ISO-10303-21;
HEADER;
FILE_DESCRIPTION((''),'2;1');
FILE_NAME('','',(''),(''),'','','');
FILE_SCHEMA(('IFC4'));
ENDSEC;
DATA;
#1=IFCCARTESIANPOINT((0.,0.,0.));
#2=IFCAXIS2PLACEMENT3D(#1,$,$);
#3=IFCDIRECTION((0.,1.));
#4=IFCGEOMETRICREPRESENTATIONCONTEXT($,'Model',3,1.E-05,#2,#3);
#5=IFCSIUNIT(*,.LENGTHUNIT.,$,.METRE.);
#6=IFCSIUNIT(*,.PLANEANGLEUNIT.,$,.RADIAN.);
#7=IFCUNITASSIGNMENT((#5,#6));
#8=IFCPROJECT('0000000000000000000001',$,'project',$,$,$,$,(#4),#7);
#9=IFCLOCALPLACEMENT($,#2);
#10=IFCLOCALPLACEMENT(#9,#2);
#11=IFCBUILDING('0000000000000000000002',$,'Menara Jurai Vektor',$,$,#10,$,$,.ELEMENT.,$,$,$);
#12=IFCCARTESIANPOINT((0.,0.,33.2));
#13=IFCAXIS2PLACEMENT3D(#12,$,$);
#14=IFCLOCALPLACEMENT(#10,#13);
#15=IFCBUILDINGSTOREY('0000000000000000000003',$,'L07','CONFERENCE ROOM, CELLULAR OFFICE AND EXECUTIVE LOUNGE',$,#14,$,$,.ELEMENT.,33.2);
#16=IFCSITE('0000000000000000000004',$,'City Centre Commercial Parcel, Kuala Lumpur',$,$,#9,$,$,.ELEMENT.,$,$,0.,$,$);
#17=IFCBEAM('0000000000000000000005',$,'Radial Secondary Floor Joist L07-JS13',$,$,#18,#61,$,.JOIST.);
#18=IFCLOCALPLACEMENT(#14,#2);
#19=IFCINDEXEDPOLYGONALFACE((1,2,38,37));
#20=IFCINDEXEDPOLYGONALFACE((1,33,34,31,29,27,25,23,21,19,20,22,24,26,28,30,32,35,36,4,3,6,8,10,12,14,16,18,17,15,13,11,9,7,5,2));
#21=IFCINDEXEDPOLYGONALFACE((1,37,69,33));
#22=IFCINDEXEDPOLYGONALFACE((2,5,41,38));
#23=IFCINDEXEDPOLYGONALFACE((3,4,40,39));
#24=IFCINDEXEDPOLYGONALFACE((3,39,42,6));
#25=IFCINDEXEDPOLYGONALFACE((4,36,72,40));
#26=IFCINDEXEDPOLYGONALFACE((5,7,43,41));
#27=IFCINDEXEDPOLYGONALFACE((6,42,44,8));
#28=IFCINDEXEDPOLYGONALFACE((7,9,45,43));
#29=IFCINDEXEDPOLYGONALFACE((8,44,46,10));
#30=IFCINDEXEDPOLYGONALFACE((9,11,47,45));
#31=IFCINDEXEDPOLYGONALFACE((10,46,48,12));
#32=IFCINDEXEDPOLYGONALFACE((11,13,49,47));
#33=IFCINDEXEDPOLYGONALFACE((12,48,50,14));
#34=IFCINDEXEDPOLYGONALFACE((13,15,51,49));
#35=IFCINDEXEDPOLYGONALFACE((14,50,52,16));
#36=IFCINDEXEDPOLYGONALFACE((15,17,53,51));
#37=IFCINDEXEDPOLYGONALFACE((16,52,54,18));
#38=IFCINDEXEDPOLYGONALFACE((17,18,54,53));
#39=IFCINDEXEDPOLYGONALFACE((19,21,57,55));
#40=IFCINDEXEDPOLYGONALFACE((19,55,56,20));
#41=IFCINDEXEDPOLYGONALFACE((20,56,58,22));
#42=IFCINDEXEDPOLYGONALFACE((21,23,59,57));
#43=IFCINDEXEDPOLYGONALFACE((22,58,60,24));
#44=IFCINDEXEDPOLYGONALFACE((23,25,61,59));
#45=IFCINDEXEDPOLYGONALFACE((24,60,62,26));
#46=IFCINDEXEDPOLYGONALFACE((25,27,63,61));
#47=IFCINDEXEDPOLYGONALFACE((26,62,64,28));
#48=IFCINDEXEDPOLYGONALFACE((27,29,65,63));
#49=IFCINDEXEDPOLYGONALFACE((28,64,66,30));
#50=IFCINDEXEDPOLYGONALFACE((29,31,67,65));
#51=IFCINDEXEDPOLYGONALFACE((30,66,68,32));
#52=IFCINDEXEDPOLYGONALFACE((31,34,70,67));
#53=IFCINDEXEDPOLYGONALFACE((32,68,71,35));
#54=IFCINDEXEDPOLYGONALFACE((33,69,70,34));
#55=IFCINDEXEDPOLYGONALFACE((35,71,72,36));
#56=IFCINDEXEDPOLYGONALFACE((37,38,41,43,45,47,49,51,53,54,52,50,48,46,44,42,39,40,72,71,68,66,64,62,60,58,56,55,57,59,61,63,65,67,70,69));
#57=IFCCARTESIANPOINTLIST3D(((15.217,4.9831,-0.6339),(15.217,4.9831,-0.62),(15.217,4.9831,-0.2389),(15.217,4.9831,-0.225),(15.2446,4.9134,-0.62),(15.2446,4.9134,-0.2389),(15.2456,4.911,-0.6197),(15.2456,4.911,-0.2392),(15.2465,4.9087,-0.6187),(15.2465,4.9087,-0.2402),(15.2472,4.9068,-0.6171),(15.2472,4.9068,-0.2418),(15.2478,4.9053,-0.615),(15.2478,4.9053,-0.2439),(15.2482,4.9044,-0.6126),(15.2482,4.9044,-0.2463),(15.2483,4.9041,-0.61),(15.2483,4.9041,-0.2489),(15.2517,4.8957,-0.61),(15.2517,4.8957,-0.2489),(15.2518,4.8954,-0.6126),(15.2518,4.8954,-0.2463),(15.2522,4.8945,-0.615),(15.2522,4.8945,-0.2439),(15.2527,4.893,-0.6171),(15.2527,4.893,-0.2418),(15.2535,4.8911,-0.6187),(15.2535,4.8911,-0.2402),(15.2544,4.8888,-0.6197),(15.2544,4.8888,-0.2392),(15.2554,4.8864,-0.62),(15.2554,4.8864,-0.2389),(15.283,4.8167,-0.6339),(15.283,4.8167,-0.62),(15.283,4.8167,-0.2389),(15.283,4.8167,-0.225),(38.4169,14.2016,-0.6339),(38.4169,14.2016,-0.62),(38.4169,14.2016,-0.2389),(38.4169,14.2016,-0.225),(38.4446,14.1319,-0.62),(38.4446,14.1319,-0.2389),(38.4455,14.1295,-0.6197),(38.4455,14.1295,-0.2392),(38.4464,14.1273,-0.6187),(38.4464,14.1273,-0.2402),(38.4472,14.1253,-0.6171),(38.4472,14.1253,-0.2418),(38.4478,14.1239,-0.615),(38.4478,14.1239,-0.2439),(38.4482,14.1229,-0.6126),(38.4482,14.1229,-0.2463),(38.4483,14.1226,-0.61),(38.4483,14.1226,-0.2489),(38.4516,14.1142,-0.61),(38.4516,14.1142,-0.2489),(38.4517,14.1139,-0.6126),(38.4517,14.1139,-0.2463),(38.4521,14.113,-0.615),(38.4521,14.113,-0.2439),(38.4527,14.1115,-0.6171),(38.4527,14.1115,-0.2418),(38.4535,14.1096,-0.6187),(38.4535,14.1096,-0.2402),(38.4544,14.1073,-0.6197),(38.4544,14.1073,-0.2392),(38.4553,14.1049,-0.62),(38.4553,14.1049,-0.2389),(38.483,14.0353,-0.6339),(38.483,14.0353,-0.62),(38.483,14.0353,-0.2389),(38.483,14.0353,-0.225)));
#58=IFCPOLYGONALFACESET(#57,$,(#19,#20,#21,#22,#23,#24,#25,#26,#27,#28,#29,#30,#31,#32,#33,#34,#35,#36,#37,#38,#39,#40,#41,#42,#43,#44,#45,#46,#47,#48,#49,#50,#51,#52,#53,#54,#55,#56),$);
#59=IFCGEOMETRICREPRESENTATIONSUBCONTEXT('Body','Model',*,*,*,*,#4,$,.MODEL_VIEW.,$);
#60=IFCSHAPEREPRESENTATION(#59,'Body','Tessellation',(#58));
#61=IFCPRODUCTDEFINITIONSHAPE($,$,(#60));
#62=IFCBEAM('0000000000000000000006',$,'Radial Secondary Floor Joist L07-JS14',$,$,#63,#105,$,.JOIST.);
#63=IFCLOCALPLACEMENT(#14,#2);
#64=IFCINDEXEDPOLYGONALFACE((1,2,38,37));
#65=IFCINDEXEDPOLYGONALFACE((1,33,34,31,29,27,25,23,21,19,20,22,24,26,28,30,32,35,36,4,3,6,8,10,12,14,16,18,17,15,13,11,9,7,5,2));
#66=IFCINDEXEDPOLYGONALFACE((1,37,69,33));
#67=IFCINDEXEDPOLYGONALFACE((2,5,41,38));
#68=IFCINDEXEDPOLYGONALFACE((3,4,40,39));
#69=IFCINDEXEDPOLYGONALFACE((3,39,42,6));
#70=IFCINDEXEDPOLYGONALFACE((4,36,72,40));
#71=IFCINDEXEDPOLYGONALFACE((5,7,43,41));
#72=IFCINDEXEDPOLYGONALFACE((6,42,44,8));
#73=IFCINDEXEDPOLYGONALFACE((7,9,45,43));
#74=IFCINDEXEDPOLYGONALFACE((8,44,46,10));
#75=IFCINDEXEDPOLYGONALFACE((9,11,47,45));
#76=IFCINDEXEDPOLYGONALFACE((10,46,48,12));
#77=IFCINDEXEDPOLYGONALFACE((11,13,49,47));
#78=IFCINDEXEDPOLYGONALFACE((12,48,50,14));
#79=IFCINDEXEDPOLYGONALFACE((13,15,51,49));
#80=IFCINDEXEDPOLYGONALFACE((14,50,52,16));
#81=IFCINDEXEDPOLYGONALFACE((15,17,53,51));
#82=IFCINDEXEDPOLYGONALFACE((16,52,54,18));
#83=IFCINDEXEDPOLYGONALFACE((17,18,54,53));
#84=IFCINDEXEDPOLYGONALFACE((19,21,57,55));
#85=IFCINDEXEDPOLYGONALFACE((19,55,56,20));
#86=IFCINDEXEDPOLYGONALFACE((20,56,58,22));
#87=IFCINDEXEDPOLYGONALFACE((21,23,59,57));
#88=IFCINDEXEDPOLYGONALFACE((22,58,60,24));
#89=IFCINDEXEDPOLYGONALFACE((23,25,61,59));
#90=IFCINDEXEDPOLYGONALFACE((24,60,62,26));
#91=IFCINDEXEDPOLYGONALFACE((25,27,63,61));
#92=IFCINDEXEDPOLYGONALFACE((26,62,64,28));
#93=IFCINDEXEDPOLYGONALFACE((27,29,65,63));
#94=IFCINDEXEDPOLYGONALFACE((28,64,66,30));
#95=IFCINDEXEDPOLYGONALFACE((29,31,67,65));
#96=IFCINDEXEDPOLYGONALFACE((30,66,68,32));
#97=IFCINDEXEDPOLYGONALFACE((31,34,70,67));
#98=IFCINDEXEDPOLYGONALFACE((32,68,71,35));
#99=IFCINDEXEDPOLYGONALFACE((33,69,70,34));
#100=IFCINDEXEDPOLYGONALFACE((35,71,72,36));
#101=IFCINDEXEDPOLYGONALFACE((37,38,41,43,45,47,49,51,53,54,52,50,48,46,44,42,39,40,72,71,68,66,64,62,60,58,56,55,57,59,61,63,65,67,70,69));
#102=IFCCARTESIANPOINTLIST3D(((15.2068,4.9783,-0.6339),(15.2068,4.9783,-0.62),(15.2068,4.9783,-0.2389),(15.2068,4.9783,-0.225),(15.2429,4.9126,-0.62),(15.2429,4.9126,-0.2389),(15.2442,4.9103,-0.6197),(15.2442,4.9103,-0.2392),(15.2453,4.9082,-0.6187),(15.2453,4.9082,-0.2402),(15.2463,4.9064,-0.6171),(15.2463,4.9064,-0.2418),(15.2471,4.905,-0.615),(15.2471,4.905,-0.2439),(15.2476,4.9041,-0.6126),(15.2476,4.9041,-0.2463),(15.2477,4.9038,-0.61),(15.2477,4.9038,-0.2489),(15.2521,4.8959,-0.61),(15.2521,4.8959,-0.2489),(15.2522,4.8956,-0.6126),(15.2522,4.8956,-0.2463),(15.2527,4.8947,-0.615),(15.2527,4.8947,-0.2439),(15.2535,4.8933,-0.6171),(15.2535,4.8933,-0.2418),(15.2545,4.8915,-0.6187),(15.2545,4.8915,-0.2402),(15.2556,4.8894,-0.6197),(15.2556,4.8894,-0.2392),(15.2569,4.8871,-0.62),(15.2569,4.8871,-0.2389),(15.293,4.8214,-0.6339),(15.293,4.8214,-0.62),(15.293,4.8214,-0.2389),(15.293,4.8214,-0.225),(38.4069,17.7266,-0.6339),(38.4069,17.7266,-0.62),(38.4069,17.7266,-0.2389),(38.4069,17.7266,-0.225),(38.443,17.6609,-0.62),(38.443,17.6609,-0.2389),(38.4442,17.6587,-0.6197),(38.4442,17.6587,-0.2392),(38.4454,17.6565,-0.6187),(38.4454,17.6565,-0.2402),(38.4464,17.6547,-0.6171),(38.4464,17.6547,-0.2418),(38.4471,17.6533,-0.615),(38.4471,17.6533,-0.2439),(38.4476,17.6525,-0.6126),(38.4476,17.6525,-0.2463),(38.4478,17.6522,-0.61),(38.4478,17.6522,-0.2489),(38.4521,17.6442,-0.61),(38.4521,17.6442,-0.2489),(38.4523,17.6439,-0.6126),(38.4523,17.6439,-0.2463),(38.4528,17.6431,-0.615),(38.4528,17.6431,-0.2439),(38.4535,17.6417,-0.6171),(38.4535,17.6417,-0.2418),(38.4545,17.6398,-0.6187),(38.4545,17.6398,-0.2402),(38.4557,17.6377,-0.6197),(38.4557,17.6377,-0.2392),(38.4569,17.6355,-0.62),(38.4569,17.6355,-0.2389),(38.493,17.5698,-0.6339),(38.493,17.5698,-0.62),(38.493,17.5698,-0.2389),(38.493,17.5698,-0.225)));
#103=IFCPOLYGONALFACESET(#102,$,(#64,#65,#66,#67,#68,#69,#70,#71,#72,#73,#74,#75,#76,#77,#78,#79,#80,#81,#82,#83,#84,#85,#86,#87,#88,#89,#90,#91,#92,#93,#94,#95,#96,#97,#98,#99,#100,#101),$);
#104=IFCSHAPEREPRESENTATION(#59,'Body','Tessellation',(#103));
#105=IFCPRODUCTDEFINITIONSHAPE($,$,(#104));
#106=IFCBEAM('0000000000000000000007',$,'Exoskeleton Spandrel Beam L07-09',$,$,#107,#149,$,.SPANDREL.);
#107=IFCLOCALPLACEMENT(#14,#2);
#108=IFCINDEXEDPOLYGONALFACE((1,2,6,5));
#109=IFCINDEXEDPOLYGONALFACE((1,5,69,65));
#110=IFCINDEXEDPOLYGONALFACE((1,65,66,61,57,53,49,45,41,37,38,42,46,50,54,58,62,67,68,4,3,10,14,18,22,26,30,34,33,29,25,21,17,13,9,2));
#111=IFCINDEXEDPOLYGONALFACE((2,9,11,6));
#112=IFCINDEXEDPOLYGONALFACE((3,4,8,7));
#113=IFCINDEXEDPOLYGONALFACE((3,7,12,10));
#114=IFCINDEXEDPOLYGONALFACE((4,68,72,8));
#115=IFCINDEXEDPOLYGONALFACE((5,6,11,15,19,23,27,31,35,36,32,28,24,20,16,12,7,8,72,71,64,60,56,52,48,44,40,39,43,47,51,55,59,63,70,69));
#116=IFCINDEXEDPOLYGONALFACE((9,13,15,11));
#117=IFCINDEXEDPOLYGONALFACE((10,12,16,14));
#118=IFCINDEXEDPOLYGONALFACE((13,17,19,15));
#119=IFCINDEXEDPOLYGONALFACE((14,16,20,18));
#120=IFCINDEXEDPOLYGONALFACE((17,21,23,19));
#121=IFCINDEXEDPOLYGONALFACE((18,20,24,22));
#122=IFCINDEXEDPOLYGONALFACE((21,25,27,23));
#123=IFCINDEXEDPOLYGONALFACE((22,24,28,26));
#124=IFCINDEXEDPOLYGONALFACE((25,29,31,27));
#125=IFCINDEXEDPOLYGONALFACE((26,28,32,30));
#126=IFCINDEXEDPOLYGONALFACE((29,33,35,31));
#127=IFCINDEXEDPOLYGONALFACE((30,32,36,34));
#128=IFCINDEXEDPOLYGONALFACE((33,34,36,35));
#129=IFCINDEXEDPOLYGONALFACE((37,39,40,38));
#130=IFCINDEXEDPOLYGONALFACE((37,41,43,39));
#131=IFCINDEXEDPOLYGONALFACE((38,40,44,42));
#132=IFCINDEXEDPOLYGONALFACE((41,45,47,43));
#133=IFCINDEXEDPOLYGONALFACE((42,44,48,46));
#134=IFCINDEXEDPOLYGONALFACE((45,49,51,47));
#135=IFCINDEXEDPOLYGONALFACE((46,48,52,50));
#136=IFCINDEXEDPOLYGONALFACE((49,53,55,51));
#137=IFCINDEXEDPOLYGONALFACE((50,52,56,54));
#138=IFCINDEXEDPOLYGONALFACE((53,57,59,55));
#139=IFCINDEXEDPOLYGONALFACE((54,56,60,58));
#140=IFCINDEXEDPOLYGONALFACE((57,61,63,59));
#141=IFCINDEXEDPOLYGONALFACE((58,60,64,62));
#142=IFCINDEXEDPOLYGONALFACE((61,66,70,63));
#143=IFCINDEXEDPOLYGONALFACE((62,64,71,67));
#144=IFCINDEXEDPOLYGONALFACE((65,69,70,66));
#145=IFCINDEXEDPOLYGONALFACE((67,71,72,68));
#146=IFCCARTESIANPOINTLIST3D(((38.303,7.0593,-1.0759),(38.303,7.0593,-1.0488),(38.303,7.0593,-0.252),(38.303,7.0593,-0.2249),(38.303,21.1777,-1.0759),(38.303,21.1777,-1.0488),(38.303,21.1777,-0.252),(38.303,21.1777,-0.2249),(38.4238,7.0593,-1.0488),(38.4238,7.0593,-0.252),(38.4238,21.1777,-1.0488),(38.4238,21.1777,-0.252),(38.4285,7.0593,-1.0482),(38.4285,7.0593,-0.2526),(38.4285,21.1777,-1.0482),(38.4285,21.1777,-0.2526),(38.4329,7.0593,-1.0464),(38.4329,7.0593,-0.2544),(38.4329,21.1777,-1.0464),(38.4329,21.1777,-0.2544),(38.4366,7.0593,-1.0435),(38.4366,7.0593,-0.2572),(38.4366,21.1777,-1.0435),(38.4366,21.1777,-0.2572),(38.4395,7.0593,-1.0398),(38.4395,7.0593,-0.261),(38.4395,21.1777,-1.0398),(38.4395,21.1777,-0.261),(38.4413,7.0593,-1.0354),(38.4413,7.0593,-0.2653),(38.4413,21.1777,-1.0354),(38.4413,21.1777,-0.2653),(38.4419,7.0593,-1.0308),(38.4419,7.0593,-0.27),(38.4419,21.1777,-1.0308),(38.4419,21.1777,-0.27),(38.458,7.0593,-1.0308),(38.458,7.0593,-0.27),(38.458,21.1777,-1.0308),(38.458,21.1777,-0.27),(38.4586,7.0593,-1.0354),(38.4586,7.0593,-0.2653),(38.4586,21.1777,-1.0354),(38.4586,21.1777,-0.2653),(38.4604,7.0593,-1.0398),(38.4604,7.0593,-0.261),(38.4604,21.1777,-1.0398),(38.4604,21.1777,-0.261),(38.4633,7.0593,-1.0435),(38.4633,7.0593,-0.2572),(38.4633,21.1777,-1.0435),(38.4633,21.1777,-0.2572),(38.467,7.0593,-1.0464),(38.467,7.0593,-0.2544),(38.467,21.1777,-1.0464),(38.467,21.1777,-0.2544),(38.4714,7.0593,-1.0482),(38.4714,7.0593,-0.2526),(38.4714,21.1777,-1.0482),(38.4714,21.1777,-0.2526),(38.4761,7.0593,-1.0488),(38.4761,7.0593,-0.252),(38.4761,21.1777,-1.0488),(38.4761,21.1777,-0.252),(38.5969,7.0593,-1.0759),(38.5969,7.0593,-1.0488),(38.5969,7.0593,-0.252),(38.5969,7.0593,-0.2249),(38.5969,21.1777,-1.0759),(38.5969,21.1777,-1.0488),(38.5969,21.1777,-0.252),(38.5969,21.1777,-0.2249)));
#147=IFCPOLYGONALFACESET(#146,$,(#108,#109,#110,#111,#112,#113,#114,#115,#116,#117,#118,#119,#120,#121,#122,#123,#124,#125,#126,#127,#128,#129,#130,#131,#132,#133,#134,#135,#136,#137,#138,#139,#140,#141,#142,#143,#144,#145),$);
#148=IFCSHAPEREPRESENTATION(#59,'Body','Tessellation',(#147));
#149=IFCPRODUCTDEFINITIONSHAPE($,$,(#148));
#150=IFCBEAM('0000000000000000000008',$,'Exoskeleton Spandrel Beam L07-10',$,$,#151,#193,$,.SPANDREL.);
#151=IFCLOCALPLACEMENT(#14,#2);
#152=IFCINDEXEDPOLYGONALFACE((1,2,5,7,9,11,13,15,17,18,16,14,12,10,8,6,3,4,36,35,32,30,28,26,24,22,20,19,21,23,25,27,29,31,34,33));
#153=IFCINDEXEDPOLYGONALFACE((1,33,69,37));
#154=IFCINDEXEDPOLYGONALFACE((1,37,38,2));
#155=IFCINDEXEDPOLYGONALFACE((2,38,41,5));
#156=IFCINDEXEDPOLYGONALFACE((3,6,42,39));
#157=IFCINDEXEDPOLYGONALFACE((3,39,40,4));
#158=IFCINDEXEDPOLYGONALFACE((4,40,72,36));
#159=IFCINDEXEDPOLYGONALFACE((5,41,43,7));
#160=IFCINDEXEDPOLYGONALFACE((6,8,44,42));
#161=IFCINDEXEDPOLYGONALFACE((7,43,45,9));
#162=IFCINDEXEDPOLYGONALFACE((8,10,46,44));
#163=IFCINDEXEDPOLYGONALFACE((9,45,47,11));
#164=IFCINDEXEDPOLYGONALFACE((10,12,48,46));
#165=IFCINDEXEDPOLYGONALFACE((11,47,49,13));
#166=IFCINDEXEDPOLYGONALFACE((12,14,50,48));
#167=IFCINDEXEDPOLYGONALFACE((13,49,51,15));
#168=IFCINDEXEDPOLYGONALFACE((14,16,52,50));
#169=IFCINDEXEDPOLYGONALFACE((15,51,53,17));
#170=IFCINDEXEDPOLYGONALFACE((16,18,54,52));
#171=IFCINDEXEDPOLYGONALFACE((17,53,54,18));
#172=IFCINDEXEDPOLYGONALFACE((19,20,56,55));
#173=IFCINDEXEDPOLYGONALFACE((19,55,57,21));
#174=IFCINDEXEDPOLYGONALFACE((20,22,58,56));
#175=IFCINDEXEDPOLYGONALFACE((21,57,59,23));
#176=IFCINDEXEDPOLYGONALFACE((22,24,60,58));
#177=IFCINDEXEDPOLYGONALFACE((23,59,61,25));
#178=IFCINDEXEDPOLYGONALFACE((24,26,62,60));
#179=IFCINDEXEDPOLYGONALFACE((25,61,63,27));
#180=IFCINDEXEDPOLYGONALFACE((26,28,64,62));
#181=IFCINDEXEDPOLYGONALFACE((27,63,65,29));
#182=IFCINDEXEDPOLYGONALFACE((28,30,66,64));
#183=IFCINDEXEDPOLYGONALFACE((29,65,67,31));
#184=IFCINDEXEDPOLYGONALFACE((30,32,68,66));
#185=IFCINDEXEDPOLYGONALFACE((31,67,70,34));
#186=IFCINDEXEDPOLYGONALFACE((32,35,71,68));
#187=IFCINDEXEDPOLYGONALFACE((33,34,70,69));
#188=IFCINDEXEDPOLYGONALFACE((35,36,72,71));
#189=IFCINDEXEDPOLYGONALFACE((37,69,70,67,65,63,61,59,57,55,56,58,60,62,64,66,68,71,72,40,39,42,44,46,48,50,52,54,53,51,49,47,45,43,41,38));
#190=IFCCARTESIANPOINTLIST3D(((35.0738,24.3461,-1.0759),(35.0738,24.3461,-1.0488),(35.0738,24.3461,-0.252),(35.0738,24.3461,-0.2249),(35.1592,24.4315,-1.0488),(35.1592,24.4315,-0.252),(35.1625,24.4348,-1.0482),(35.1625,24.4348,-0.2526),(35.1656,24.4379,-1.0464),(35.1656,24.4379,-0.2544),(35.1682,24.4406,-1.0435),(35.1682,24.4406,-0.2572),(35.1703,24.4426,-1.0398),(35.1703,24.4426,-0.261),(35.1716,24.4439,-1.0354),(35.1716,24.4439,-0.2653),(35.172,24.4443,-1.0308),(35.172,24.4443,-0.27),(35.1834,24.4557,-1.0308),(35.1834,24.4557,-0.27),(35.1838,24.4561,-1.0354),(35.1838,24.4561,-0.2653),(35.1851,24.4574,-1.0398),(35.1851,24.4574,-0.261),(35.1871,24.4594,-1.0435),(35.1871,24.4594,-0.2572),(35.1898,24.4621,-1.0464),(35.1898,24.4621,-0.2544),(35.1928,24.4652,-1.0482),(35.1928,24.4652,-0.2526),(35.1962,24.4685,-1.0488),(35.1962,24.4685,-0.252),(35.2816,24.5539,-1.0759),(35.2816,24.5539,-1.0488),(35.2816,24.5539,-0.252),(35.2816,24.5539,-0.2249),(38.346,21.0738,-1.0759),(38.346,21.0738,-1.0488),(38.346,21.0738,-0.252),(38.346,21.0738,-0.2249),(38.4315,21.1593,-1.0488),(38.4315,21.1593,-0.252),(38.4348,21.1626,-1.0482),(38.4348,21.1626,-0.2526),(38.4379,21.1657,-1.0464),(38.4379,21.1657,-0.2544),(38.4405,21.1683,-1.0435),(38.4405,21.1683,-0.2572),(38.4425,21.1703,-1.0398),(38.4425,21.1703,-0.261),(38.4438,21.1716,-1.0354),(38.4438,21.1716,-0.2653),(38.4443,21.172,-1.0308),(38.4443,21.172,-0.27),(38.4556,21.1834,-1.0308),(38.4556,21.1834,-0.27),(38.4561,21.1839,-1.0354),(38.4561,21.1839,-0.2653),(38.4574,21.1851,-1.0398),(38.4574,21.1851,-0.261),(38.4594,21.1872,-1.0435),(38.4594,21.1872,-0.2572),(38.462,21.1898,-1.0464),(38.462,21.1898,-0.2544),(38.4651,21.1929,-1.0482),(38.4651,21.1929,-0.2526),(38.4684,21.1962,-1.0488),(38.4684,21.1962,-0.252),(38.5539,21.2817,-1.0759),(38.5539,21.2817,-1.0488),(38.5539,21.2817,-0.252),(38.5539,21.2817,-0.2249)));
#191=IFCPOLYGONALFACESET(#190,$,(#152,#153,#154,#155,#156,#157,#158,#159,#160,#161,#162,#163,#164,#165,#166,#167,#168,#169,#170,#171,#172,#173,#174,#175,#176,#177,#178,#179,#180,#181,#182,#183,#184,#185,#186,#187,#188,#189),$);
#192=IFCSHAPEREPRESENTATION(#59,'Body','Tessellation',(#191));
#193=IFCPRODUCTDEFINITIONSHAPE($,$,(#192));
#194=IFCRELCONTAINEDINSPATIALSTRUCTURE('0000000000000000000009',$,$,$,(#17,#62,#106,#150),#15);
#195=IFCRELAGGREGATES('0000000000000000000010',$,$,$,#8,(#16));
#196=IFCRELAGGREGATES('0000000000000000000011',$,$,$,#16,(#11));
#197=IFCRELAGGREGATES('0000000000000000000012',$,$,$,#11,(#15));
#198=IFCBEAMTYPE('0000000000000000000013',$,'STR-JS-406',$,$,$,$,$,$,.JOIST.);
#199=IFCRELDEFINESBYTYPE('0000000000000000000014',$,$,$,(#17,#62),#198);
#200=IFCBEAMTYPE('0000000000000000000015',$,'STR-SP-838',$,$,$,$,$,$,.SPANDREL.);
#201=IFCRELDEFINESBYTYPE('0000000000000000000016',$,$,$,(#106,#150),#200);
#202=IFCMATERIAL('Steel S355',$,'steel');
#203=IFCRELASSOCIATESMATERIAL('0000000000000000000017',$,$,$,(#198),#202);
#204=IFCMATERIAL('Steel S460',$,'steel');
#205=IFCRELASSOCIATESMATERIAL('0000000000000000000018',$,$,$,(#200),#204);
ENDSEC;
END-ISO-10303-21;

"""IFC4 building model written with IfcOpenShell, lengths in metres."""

from ifc_helpers import new_model, si_unit, direction, frame, origin, origin_2d, place, context, subcontext, project, spatial, i_section, extrude, material, material_profile, profile_set, type_object, element, save


model = new_model("IFC4")

# Units and contexts
model_context = context("Model", 3, precision=1e-05, world=origin(), true_north=direction((0.0, 1.0)))
body_context = subcontext(model_context, "Body", "Model", "MODEL_VIEW")
ifc_project = project(units=[si_unit("LENGTHUNIT", "METRE"), si_unit("PLANEANGLEUNIT", "RADIAN")], contexts=[model_context])

# Site, building, storey
site_placement = place(None, origin())
site = spatial("IfcSite", under=ifc_project, at=site_placement, Name="City Centre Commercial Parcel, Kuala Lumpur", CompositionType="ELEMENT", RefElevation=0.0)
building_placement = place(site_placement, origin())
building = spatial("IfcBuilding", under=site, at=building_placement, Name="Menara Jurai Vektor", CompositionType="ELEMENT")
storey_placement = place(building_placement, frame((0.0, 0.0, 33.2)))
storey = spatial("IfcBuildingStorey", under=building, at=storey_placement, Name="L07", Description="CONFERENCE ROOM, CELLULAR OFFICE AND EXECUTIVE LOUNGE", CompositionType="ELEMENT", Elevation=33.2)

# Shared definitions
ifc_material_1 = material(Name="Steel S460", Category="steel")

# Beams
ifc_material_2 = material(Name="Steel S355", Category="steel")
ifc_material_profile_1 = material_profile(ifc_material_2, i_section(OverallWidth=0.179, OverallDepth=0.4089, WebThickness=0.009, FlangeThickness=0.0139, FilletRadius=0.01, at=origin_2d()), Name="UKB 406x178x67")
ifc_profile_set_1 = profile_set([ifc_material_profile_1], Name="Steel S355")
beam_type_1 = type_object("IfcBeamType", Name="STR-JS-406", PredefinedType="JOIST", material=ifc_profile_set_1)
beam_1_placement = place(storey_placement, frame((38.45, 14.1184, -0.4294), z_axis=(-0.929323, -0.369267, 0.0), x_axis=(0.369267, -0.929323, 0.0)))
element("IfcBeam", 1, at=beam_1_placement, inside=storey, type_object=beam_type_1, Name="Radial Secondary Floor Joist L07-JS13", PredefinedType="JOIST", context=body_context, shape_type="SweptSolid", body=[
    extrude(i_section(OverallWidth=0.179, OverallDepth=0.4089, WebThickness=0.009, FlangeThickness=0.0139, FilletRadius=0.01, at=origin_2d()), origin(), (0.0, 0.0, 1.0), 24.9644),
])
beam_2_placement = place(storey_placement, frame((38.45, 17.6482, -0.4294), z_axis=(-0.876402, -0.48158, 0.0), x_axis=(0.48158, -0.876402, 0.0)))
element("IfcBeam", 2, at=beam_2_placement, inside=storey, type_object=beam_type_1, Name="Radial Secondary Floor Joist L07-JS14", PredefinedType="JOIST", context=body_context, shape_type="SweptSolid", body=[
    extrude(i_section(OverallWidth=0.179, OverallDepth=0.4089, WebThickness=0.009, FlangeThickness=0.0139, FilletRadius=0.01, at=origin_2d()), origin(), (0.0, 0.0, 1.0), 26.4719),
])
ifc_material_profile_2 = material_profile(ifc_material_1, i_section(OverallWidth=0.2939, OverallDepth=0.8511, WebThickness=0.0161, FlangeThickness=0.0271, FilletRadius=0.0181, at=origin_2d()), Name="UKB 838x292x226")
ifc_profile_set_2 = profile_set([ifc_material_profile_2], Name="Steel S460")
beam_type_2 = type_object("IfcBeamType", Name="STR-SP-838", PredefinedType="SPANDREL", material=ifc_profile_set_2)
beam_3_placement = place(storey_placement, frame((38.45, 7.0593, -0.6504), z_axis=(0.0, 1.0, 0.0), x_axis=(-1.0, 0.0, 0.0)))
element("IfcBeam", 3, at=beam_3_placement, inside=storey, type_object=beam_type_2, Name="Exoskeleton Spandrel Beam L07-09", PredefinedType="SPANDREL", context=body_context, shape_type="SweptSolid", body=[
    extrude(i_section(OverallWidth=0.2939, OverallDepth=0.8511, WebThickness=0.0161, FlangeThickness=0.0271, FilletRadius=0.0181, at=origin_2d()), origin(), (0.0, 0.0, 1.0), 14.1184),
])
beam_4_placement = place(storey_placement, frame((38.45, 21.1777, -0.6504), z_axis=(-0.707107, 0.707107, 0.0), x_axis=(-0.707107, -0.707107, 0.0)))
element("IfcBeam", 4, at=beam_4_placement, inside=storey, type_object=beam_type_2, Name="Exoskeleton Spandrel Beam L07-10", PredefinedType="SPANDREL", context=body_context, shape_type="SweptSolid", body=[
    extrude(i_section(OverallWidth=0.2939, OverallDepth=0.8511, WebThickness=0.0161, FlangeThickness=0.0271, FilletRadius=0.0181, at=origin_2d()), origin(), (0.0, 0.0, 1.0), 4.6277),
])

save(model, "model.ifc")
